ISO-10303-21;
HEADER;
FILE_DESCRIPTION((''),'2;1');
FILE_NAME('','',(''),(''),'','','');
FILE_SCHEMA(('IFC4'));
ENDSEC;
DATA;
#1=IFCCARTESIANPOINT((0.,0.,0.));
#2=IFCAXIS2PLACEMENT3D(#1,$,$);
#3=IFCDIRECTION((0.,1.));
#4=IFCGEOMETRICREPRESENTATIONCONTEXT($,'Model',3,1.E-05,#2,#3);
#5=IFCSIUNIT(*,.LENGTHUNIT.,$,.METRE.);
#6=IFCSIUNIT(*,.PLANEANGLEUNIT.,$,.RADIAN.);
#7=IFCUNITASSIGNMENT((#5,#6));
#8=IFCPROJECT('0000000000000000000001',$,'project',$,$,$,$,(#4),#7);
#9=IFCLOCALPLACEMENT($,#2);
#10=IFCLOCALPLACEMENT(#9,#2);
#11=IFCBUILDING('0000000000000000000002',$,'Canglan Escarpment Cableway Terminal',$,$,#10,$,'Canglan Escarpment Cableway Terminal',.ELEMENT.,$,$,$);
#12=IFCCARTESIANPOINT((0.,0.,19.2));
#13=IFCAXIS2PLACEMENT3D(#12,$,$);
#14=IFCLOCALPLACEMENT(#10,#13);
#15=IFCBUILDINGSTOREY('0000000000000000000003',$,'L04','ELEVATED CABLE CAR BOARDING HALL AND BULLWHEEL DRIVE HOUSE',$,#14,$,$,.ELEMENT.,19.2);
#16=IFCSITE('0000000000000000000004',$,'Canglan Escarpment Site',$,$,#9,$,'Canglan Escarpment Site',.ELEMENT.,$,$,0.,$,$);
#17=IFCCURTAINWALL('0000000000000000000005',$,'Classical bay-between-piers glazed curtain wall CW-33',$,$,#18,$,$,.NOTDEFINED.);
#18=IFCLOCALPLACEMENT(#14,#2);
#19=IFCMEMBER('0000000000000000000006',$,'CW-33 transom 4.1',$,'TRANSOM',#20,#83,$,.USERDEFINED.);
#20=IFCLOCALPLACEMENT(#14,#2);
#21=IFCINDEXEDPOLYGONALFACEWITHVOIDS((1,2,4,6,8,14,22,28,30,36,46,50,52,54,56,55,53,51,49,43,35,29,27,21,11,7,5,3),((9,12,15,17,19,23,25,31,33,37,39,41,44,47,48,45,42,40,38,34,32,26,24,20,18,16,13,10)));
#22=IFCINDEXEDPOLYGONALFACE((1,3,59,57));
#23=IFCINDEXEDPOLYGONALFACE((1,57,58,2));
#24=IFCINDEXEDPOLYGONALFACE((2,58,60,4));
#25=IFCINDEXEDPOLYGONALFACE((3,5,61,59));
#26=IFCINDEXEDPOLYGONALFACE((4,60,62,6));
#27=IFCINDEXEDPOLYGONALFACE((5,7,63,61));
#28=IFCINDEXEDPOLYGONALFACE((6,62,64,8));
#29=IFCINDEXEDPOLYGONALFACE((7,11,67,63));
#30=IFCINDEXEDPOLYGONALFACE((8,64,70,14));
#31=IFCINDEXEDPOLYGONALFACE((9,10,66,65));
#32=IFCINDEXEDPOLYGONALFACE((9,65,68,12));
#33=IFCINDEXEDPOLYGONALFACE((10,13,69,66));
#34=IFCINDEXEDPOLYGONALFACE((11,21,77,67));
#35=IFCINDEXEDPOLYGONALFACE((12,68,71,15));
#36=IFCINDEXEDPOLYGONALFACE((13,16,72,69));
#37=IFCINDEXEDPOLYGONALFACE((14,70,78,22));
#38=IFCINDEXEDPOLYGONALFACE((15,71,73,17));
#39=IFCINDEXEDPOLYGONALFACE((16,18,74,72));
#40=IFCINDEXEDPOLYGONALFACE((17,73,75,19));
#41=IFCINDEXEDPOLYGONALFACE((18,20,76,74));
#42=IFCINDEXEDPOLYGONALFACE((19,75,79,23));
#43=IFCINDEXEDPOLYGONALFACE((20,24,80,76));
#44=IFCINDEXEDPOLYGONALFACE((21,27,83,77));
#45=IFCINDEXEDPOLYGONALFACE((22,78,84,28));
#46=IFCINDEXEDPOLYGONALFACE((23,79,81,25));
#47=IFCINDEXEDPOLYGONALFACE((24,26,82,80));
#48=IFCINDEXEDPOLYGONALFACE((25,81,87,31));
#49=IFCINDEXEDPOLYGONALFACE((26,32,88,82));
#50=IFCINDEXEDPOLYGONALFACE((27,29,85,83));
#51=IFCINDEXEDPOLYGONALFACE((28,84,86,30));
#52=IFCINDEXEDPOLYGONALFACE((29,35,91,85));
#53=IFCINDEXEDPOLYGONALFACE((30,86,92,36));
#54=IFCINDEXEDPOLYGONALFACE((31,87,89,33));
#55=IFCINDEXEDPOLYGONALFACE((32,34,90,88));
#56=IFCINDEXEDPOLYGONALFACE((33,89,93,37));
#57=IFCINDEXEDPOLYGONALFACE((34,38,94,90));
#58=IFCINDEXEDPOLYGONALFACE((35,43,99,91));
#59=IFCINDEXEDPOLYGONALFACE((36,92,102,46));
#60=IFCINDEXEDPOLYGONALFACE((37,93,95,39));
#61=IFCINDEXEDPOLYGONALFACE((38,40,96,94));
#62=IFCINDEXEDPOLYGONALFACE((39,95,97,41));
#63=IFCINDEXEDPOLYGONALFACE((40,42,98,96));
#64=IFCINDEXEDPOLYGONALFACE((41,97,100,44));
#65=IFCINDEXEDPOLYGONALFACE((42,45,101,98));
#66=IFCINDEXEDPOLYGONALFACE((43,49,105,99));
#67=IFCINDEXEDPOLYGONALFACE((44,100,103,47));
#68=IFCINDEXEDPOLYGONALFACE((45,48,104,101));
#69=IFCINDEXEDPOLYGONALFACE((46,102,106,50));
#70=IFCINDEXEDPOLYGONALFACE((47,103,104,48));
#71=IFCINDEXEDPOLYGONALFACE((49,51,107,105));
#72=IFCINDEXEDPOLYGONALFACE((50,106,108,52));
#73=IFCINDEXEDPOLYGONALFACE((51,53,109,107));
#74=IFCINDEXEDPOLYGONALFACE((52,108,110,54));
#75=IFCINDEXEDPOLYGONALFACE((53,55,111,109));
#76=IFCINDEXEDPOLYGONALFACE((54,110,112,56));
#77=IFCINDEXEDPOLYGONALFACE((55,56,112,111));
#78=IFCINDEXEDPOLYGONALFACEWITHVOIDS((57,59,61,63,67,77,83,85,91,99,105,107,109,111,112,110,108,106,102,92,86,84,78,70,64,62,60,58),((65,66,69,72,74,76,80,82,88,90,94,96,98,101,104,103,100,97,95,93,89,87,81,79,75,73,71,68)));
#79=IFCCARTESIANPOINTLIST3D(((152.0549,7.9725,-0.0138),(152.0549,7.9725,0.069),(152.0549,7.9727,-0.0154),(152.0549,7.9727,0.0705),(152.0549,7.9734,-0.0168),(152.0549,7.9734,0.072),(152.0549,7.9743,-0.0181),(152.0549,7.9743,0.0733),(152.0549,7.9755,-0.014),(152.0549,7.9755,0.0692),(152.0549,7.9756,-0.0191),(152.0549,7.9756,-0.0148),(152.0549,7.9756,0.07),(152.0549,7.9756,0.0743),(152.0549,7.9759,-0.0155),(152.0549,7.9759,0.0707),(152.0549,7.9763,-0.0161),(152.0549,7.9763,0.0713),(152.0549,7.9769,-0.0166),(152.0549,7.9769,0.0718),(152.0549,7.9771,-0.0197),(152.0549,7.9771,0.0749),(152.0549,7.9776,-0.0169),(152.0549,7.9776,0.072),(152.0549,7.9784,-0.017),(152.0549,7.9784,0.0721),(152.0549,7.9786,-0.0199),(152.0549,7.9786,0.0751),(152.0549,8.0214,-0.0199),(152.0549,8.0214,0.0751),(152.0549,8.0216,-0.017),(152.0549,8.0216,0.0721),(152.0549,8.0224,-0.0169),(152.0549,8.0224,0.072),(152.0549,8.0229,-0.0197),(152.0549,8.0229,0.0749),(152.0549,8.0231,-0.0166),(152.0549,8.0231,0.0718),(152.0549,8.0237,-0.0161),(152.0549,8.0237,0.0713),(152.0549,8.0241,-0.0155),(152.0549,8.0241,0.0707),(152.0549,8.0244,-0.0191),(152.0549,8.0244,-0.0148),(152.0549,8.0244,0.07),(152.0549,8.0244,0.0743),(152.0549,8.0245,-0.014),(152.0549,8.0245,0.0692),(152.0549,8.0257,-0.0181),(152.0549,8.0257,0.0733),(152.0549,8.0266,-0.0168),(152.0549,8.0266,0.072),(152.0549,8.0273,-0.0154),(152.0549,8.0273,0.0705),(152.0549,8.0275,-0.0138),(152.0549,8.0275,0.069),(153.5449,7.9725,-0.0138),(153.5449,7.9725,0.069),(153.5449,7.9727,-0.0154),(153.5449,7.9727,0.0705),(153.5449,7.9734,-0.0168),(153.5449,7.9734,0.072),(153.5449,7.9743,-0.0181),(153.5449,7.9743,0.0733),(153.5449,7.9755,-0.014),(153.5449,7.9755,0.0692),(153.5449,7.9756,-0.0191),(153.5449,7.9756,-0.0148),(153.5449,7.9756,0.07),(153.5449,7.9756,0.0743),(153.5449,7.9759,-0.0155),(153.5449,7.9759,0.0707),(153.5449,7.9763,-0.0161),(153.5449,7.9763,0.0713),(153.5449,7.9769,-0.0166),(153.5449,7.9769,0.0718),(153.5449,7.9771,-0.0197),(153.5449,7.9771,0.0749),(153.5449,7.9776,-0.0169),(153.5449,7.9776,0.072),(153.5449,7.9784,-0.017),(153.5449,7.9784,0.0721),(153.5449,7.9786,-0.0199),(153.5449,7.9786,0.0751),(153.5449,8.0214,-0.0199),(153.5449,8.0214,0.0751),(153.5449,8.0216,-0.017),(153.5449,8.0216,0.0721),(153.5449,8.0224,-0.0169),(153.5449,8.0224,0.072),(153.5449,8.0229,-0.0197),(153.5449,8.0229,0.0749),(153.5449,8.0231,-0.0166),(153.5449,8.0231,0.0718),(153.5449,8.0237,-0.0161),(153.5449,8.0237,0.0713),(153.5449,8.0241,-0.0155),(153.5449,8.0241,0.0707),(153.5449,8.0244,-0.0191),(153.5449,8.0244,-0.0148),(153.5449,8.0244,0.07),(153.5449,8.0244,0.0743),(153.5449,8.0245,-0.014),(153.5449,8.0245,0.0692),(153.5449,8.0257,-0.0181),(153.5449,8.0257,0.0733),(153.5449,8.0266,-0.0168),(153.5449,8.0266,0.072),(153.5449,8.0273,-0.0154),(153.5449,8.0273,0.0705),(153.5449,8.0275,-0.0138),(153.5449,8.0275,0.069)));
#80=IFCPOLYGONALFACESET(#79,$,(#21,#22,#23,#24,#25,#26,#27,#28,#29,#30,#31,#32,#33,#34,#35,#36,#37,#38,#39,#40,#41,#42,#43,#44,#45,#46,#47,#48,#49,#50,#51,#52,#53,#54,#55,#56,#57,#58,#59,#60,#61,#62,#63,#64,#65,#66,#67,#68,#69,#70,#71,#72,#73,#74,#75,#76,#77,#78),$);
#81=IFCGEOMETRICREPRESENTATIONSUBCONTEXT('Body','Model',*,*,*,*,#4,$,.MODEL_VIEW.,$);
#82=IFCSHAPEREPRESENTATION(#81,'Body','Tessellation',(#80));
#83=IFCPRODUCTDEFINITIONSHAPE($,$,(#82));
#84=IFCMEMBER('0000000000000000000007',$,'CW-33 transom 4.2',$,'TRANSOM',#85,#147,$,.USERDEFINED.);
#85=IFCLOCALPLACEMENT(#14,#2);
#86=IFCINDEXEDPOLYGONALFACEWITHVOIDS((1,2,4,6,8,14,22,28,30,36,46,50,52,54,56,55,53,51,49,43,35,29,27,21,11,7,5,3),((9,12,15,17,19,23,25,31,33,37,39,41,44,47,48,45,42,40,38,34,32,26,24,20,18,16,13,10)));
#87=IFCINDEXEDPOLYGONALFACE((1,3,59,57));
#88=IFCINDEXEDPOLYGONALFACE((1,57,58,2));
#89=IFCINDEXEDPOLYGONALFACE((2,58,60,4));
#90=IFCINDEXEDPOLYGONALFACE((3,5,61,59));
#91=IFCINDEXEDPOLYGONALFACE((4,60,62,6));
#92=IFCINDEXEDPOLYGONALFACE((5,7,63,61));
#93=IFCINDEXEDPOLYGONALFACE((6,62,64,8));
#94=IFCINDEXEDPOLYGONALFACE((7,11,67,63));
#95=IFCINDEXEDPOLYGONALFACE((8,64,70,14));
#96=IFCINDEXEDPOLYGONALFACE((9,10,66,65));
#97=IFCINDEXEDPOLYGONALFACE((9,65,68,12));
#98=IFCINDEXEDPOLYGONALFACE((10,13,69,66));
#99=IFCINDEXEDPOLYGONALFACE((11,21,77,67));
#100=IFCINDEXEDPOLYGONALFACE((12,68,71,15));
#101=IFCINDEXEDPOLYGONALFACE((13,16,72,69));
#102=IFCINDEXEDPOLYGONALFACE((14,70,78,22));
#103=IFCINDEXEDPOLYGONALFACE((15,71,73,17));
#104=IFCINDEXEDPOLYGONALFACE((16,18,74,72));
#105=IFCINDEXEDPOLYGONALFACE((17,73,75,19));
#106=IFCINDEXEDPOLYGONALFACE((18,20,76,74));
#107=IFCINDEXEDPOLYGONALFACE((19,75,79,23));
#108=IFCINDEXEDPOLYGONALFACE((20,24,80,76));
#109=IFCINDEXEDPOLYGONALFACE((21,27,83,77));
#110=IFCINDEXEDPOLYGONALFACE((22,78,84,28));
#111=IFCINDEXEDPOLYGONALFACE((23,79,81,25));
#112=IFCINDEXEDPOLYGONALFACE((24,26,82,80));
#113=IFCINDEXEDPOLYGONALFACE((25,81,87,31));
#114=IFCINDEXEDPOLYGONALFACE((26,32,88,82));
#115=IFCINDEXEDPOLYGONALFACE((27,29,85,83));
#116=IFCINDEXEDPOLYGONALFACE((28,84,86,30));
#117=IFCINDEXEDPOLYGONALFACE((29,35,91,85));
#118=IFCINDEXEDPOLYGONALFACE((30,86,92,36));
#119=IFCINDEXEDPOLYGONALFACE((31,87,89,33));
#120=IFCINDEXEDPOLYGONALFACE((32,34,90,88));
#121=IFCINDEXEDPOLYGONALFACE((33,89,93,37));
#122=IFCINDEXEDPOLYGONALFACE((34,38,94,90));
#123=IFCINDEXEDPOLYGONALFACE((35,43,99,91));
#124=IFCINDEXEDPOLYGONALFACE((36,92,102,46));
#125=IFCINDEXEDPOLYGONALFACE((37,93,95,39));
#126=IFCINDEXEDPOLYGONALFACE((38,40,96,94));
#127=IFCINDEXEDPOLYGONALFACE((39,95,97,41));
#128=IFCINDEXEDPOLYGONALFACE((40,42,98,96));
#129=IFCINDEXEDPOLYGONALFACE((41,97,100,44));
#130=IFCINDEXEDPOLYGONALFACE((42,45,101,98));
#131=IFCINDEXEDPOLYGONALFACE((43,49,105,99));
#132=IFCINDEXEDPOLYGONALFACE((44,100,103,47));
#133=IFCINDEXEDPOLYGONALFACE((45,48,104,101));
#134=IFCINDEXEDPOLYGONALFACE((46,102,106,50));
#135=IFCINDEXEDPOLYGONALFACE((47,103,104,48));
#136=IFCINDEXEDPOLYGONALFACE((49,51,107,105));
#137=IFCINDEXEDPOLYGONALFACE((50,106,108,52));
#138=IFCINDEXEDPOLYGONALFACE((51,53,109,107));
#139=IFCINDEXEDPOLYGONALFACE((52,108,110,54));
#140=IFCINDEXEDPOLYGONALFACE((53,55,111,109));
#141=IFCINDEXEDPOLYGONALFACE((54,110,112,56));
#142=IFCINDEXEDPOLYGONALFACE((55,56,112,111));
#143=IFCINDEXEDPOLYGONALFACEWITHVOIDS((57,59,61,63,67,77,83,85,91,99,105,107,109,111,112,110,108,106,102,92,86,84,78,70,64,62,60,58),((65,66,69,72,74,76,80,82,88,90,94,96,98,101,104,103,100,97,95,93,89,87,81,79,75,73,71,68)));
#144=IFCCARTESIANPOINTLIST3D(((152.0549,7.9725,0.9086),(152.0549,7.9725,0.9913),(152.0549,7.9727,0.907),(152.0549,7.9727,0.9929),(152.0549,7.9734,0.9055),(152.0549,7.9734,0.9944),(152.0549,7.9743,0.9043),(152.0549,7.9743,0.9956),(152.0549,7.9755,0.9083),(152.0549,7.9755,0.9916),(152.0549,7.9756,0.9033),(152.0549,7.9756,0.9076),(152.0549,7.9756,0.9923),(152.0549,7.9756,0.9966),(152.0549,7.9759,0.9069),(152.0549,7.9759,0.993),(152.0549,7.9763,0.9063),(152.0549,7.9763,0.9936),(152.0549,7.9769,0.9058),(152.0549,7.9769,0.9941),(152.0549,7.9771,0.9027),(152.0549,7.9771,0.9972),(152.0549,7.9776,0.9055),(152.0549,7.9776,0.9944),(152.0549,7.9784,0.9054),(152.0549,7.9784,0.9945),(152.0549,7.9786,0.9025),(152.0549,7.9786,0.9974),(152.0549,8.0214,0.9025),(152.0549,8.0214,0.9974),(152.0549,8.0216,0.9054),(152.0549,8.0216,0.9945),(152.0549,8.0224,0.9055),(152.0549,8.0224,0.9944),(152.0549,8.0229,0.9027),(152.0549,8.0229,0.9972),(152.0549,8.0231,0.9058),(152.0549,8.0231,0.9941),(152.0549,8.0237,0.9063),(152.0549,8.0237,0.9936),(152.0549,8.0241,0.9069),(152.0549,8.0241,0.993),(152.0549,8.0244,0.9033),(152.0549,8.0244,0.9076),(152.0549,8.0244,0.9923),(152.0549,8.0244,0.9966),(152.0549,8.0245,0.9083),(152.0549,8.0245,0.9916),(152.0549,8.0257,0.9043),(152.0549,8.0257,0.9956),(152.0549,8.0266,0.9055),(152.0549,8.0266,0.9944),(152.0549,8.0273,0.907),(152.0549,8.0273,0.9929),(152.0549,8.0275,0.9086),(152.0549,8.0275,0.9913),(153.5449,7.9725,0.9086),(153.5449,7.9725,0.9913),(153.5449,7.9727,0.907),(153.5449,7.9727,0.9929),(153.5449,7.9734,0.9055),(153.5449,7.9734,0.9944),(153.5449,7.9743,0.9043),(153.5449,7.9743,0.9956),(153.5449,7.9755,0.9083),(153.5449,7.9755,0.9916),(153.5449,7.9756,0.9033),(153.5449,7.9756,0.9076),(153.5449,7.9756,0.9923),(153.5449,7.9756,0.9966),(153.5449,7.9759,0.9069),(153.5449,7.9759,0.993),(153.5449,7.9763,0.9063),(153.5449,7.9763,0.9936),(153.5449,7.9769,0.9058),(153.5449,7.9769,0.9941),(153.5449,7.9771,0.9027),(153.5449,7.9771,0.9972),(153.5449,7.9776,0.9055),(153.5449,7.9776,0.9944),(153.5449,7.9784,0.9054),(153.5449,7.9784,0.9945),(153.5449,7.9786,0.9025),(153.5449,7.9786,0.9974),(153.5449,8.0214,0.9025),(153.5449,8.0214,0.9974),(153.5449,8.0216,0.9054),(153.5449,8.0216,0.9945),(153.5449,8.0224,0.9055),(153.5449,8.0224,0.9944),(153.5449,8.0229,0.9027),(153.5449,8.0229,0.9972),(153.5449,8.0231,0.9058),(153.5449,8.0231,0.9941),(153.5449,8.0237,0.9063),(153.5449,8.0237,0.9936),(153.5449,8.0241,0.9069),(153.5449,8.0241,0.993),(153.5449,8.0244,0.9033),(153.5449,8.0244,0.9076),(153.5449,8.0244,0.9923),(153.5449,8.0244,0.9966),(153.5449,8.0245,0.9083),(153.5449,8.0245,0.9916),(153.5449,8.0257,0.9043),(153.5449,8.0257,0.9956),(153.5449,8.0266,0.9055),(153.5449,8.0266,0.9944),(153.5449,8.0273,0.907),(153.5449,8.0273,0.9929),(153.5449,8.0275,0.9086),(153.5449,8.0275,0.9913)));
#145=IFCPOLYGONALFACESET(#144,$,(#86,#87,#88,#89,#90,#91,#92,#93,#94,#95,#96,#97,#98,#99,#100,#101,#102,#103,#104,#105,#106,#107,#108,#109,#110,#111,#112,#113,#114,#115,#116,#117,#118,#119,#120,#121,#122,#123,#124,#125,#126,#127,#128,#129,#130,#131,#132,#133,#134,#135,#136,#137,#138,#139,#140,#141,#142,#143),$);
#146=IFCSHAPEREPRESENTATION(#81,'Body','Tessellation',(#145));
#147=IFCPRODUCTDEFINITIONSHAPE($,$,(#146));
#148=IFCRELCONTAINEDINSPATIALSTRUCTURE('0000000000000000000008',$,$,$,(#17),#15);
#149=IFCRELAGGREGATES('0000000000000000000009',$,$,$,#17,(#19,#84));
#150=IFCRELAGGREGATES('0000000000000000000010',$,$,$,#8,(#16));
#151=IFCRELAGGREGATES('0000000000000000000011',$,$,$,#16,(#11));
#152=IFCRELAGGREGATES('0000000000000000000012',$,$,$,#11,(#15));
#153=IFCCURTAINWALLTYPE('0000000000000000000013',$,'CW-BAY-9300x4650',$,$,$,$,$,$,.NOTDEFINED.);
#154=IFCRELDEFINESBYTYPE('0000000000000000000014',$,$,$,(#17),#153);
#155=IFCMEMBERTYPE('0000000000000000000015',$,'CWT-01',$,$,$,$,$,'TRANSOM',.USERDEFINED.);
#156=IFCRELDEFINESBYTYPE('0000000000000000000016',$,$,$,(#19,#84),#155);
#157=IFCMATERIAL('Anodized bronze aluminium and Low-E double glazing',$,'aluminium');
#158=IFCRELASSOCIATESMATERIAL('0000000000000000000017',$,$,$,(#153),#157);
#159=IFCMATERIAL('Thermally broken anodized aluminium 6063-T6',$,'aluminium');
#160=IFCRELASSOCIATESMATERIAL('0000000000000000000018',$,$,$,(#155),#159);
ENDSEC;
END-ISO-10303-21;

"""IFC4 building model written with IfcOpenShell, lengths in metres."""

from ifc_helpers import new_model, si_unit, direction, frame, origin, origin_2d, place, context, subcontext, project, spatial, hollow_rectangle, extrude, material, material_profile, profile_set, type_object, element, aggregate, save


model = new_model("IFC4")

# Units and contexts
model_context = context("Model", 3, precision=1e-05, world=origin(), true_north=direction((0.0, 1.0)))
body_context = subcontext(model_context, "Body", "Model", "MODEL_VIEW")
ifc_project = project(units=[si_unit("LENGTHUNIT", "METRE"), si_unit("PLANEANGLEUNIT", "RADIAN")], contexts=[model_context])

# Site, building, storey
site_placement = place(None, origin())
site = spatial("IfcSite", under=ifc_project, at=site_placement, Name="Canglan Escarpment Site", LongName="Canglan Escarpment Site", CompositionType="ELEMENT", RefElevation=0.0)
building_placement = place(site_placement, origin())
building = spatial("IfcBuilding", under=site, at=building_placement, Name="Canglan Escarpment Cableway Terminal", LongName="Canglan Escarpment Cableway Terminal", CompositionType="ELEMENT")
storey_placement = place(building_placement, frame((0.0, 0.0, 19.2)))
storey = spatial("IfcBuildingStorey", under=building, at=storey_placement, Name="L04", Description="ELEVATED CABLE CAR BOARDING HALL AND BULLWHEEL DRIVE HOUSE", CompositionType="ELEMENT", Elevation=19.2)

# Curtain wall, members
ifc_material_1 = material(Name="Anodized bronze aluminium and Low-E double glazing", Category="aluminium")
curtain_wall_type = type_object("IfcCurtainWallType", Name="CW-BAY-9300x4650", PredefinedType="NOTDEFINED", material=ifc_material_1)
curtain_wall_placement = place(storey_placement, origin())
curtain_wall = element("IfcCurtainWall", 1, at=curtain_wall_placement, inside=storey, type_object=curtain_wall_type, Name="Classical bay-between-piers glazed curtain wall CW-33", PredefinedType="NOTDEFINED")
ifc_material_2 = material(Name="Thermally broken anodized aluminium 6063-T6", Category="aluminium")
ifc_material_profile_1 = material_profile(ifc_material_2, hollow_rectangle(XDim=0.0549, YDim=0.095, WallThickness=0.0029, InnerFilletRadius=0.0029, OuterFilletRadius=0.0061, at=origin_2d()), Name="ALU-TRAN 55x95x3")
ifc_profile_set_1 = profile_set([ifc_material_profile_1], Name="Thermally broken anodized aluminium 6063-T6")
member_type_1 = type_object("IfcMemberType", Name="CWT-01", ElementType="TRANSOM", PredefinedType="USERDEFINED", material=ifc_profile_set_1)
member_1_placement = place(storey_placement, frame((152.0549, 8.0, 0.0276), z_axis=(1.0, 0.0, 0.0), x_axis=(0.0, 1.0, 0.0)))
member_1 = element("IfcMember", 2, at=member_1_placement, type_object=member_type_1, Name="CW-33 transom 4.1", ObjectType="TRANSOM", PredefinedType="USERDEFINED", context=body_context, shape_type="SweptSolid", body=[
    extrude(hollow_rectangle(XDim=0.0549, YDim=0.095, WallThickness=0.0029, InnerFilletRadius=0.0029, OuterFilletRadius=0.0061, at=origin_2d()), origin(), (0.0, 0.0, 1.0), 1.49),
])
member_2_placement = place(storey_placement, frame((152.0549, 8.0, 0.95), z_axis=(1.0, 0.0, 0.0), x_axis=(0.0, 1.0, 0.0)))
member_2 = element("IfcMember", 3, at=member_2_placement, type_object=member_type_1, Name="CW-33 transom 4.2", ObjectType="TRANSOM", PredefinedType="USERDEFINED", context=body_context, shape_type="SweptSolid", body=[
    extrude(hollow_rectangle(XDim=0.0549, YDim=0.095, WallThickness=0.0029, InnerFilletRadius=0.0029, OuterFilletRadius=0.0061, at=origin_2d()), origin(), (0.0, 0.0, 1.0), 1.49),
])
aggregate(curtain_wall, [member_1, member_2])

save(model, "model.ifc")
